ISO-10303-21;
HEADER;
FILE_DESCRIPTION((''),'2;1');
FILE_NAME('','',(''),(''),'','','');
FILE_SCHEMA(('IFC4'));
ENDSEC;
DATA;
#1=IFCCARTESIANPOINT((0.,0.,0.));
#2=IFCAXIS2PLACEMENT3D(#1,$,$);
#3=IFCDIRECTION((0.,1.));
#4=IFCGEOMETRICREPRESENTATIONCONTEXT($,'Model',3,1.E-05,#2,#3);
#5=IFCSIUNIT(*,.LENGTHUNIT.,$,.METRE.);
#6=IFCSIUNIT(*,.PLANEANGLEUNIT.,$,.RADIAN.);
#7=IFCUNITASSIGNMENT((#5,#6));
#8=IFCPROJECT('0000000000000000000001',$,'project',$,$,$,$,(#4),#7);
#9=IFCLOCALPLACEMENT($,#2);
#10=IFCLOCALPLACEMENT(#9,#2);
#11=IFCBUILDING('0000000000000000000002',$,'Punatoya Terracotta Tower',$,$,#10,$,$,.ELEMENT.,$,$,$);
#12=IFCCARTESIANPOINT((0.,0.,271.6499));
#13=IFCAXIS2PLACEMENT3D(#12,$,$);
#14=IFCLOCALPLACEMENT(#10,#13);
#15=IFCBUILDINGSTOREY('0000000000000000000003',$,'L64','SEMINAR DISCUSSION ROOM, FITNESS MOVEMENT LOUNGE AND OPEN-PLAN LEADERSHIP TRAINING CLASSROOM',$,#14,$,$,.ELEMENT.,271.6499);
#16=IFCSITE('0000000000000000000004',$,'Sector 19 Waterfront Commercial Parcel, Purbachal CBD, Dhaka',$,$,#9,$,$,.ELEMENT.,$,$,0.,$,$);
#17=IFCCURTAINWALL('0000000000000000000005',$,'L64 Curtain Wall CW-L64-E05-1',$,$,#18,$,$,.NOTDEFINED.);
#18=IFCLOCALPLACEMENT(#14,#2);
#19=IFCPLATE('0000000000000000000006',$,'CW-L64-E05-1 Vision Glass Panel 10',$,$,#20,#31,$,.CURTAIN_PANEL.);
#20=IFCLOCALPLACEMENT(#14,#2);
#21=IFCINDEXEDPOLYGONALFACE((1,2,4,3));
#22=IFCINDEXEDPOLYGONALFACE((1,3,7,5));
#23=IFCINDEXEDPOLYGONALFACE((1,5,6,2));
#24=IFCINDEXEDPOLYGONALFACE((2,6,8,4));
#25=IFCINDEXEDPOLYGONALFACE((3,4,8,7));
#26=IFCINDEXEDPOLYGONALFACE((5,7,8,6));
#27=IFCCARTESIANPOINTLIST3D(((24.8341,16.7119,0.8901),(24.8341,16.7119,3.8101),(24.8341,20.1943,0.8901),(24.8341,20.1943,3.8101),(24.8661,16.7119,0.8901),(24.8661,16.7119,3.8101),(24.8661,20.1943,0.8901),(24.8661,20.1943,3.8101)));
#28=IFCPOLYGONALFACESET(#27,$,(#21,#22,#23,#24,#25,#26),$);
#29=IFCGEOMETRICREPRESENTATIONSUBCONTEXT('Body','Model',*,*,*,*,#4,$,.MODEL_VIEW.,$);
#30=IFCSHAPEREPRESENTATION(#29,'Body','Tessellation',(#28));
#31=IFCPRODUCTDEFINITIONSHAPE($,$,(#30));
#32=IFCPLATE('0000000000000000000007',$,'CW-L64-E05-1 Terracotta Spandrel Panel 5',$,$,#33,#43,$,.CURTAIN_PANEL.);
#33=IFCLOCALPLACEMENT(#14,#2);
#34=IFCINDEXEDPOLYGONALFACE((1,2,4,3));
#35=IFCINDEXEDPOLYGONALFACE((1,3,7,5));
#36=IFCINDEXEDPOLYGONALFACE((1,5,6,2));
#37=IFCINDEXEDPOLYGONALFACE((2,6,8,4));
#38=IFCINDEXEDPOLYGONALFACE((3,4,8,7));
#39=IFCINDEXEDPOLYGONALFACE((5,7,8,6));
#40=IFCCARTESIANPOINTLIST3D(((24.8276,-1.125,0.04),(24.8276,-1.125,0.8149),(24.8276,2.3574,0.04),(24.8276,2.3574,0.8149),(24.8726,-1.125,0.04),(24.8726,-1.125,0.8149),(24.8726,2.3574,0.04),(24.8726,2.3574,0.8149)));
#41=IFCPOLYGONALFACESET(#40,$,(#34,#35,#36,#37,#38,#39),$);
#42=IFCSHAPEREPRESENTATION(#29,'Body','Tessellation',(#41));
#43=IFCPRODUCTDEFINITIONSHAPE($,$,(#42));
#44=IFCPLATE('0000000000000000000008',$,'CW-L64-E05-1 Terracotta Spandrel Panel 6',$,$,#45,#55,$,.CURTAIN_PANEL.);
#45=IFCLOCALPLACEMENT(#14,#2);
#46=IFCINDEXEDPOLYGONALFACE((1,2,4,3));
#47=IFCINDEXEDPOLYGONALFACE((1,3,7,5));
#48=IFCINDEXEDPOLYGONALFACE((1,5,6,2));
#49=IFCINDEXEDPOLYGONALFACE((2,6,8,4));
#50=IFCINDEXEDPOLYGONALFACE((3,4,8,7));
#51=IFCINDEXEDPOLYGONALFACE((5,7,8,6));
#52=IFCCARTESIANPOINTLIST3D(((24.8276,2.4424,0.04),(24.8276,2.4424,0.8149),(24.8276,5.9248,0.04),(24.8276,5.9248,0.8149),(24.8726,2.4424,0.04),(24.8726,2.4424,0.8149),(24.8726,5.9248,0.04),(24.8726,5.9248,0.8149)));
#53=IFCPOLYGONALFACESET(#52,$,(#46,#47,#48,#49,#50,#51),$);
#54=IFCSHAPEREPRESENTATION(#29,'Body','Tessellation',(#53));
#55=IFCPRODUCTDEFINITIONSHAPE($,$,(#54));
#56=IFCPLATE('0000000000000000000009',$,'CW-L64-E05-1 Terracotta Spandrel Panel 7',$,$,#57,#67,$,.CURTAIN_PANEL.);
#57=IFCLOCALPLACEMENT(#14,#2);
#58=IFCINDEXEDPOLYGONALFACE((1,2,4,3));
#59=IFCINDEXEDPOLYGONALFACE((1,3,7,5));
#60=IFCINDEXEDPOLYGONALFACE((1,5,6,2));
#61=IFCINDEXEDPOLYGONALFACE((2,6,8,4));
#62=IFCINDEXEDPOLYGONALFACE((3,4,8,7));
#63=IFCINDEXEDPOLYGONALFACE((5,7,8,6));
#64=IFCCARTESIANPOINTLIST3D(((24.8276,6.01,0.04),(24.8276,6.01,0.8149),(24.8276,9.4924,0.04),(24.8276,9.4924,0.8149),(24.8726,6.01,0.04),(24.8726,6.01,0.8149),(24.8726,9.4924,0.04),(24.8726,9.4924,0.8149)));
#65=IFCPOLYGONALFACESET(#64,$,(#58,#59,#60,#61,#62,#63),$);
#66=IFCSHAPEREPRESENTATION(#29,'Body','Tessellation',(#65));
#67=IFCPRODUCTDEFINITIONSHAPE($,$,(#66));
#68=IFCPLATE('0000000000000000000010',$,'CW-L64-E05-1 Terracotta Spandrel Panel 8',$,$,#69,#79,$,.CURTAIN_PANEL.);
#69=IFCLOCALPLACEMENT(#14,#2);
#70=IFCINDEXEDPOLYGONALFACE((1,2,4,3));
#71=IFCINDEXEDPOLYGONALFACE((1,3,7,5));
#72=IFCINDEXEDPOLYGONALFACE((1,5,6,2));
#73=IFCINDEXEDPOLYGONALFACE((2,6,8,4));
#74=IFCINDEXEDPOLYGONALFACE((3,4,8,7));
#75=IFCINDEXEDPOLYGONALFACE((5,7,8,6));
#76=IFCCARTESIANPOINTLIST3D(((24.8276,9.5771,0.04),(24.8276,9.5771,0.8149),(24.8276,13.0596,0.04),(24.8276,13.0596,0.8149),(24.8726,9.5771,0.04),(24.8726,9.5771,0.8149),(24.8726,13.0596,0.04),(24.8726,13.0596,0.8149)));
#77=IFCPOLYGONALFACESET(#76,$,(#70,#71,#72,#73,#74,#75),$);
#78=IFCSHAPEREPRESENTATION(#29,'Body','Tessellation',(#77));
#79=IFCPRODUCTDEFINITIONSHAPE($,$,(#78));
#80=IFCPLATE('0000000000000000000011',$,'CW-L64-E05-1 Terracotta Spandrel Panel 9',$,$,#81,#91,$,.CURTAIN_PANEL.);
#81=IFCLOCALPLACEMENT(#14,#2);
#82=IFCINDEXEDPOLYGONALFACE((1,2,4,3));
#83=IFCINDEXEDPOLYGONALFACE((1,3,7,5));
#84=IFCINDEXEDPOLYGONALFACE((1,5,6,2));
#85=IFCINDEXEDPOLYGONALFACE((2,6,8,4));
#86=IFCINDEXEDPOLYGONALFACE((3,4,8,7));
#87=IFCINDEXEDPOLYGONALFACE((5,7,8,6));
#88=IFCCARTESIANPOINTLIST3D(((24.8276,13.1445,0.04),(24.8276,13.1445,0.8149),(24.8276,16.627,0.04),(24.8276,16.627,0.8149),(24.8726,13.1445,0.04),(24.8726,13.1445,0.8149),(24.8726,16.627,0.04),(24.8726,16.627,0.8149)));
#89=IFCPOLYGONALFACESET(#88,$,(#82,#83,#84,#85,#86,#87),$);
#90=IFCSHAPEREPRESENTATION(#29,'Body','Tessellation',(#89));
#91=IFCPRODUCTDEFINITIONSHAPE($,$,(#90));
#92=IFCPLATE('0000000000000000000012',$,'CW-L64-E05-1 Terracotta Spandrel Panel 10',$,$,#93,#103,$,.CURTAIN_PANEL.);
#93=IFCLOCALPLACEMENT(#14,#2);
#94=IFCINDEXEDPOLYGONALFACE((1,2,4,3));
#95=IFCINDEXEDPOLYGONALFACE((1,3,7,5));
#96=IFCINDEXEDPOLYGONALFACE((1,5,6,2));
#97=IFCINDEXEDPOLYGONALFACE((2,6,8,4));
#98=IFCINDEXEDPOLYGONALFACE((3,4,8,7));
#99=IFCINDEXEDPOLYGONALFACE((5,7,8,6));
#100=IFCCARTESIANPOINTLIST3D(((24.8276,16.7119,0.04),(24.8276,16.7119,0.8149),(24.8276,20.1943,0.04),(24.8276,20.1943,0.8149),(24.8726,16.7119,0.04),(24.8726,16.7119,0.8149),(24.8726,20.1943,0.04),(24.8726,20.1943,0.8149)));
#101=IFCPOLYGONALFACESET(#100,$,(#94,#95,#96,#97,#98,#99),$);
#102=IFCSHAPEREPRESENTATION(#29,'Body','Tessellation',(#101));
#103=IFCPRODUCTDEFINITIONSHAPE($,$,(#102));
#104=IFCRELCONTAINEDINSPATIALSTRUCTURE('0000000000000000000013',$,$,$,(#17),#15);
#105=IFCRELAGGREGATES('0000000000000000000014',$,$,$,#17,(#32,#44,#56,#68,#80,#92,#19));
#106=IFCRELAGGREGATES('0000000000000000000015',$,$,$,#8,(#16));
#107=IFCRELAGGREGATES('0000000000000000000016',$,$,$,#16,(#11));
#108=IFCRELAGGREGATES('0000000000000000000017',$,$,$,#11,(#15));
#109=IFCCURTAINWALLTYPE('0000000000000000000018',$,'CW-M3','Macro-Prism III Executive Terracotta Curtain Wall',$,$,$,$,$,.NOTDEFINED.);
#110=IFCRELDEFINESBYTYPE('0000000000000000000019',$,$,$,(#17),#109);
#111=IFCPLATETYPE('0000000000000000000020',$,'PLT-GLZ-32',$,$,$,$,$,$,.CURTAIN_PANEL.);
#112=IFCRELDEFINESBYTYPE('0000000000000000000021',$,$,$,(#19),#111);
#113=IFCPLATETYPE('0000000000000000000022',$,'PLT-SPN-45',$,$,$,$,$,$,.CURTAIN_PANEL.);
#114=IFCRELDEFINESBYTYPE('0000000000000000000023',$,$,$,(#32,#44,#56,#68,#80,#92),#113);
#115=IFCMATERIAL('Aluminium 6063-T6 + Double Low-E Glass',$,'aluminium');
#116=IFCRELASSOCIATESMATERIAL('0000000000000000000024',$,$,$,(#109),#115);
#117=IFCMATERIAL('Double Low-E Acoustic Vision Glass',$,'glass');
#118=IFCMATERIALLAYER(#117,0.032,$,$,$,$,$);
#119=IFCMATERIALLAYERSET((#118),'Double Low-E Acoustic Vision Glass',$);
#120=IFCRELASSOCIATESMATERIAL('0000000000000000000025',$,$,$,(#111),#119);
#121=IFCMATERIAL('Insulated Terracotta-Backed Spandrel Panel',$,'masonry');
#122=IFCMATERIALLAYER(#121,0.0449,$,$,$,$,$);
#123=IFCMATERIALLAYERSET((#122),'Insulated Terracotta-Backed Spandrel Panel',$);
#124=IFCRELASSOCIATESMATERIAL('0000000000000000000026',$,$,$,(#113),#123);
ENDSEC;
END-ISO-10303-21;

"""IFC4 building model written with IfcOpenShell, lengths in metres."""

from ifc_helpers import new_model, si_unit, direction, frame, origin, origin_2d, place, context, subcontext, project, spatial, rectangle, extrude, material, layer, layer_set, type_object, element, aggregate, save


model = new_model("IFC4")

# Units and contexts
model_context = context("Model", 3, precision=1e-05, world=origin(), true_north=direction((0.0, 1.0)))
body_context = subcontext(model_context, "Body", "Model", "MODEL_VIEW")
ifc_project = project(units=[si_unit("LENGTHUNIT", "METRE"), si_unit("PLANEANGLEUNIT", "RADIAN")], contexts=[model_context])

# Site, building, storey
site_placement = place(None, origin())
site = spatial("IfcSite", under=ifc_project, at=site_placement, Name="Sector 19 Waterfront Commercial Parcel, Purbachal CBD, Dhaka", CompositionType="ELEMENT", RefElevation=0.0)
building_placement = place(site_placement, origin())
building = spatial("IfcBuilding", under=site, at=building_placement, Name="Punatoya Terracotta Tower", CompositionType="ELEMENT")
storey_placement = place(building_placement, frame((0.0, 0.0, 271.6499)))
storey = spatial("IfcBuildingStorey", under=building, at=storey_placement, Name="L64", Description="SEMINAR DISCUSSION ROOM, FITNESS MOVEMENT LOUNGE AND OPEN-PLAN LEADERSHIP TRAINING CLASSROOM", CompositionType="ELEMENT", Elevation=271.6499)

# Curtain wall
ifc_material_1 = material(Name="Aluminium 6063-T6 + Double Low-E Glass", Category="aluminium")
curtain_wall_type = type_object("IfcCurtainWallType", Name="CW-M3", Description="Macro-Prism III Executive Terracotta Curtain Wall", PredefinedType="NOTDEFINED", material=ifc_material_1)
curtain_wall_1_placement = place(storey_placement, origin())
curtain_wall_1 = element("IfcCurtainWall", 1, at=curtain_wall_1_placement, inside=storey, type_object=curtain_wall_type, Name="L64 Curtain Wall CW-L64-E05-1", PredefinedType="NOTDEFINED")

# Plates
ifc_material_2 = material(Name="Double Low-E Acoustic Vision Glass", Category="glass")
ifc_layer_1 = layer(ifc_material_2, 0.032)
ifc_layer_set_1 = layer_set([ifc_layer_1], Name="Double Low-E Acoustic Vision Glass")
plate_type_1 = type_object("IfcPlateType", Name="PLT-GLZ-32", PredefinedType="CURTAIN_PANEL", material=ifc_layer_set_1)
plate_1_placement = place(storey_placement, frame((24.8501, 18.4531, 0.8901), z_axis=(0.0, 0.0, 1.0), x_axis=(0.0, 1.0, 0.0)))
plate_1 = element("IfcPlate", 2, at=plate_1_placement, type_object=plate_type_1, Name="CW-L64-E05-1 Vision Glass Panel 10", PredefinedType="CURTAIN_PANEL", context=body_context, shape_type="SweptSolid", body=[
    extrude(rectangle(XDim=3.4824, YDim=0.032, at=origin_2d()), origin(), (0.0, 0.0, 1.0), 2.9199),
])
ifc_material_3 = material(Name="Insulated Terracotta-Backed Spandrel Panel", Category="masonry")
ifc_layer_2 = layer(ifc_material_3, 0.0449)
ifc_layer_set_2 = layer_set([ifc_layer_2], Name="Insulated Terracotta-Backed Spandrel Panel")
plate_type_2 = type_object("IfcPlateType", Name="PLT-SPN-45", PredefinedType="CURTAIN_PANEL", material=ifc_layer_set_2)
plate_2_placement = place(storey_placement, frame((24.8501, 0.6162, 0.04), z_axis=(0.0, 0.0, 1.0), x_axis=(0.0, 1.0, 0.0)))
plate_2 = element("IfcPlate", 3, at=plate_2_placement, type_object=plate_type_2, Name="CW-L64-E05-1 Terracotta Spandrel Panel 5", PredefinedType="CURTAIN_PANEL", context=body_context, shape_type="SweptSolid", body=[
    extrude(rectangle(XDim=3.4824, YDim=0.0449, at=origin_2d()), origin(), (0.0, 0.0, 1.0), 0.7749),
])
plate_3_placement = place(storey_placement, frame((24.8501, 4.1836, 0.04), z_axis=(0.0, 0.0, 1.0), x_axis=(0.0, 1.0, 0.0)))
plate_3 = element("IfcPlate", 4, at=plate_3_placement, type_object=plate_type_2, Name="CW-L64-E05-1 Terracotta Spandrel Panel 6", PredefinedType="CURTAIN_PANEL", context=body_context, shape_type="SweptSolid", body=[
    extrude(rectangle(XDim=3.4824, YDim=0.0449, at=origin_2d()), origin(), (0.0, 0.0, 1.0), 0.7749),
])
plate_4_placement = place(storey_placement, frame((24.8501, 7.7512, 0.04), z_axis=(0.0, 0.0, 1.0), x_axis=(0.0, 1.0, 0.0)))
plate_4 = element("IfcPlate", 5, at=plate_4_placement, type_object=plate_type_2, Name="CW-L64-E05-1 Terracotta Spandrel Panel 7", PredefinedType="CURTAIN_PANEL", context=body_context, shape_type="SweptSolid", body=[
    extrude(rectangle(XDim=3.4824, YDim=0.0449, at=origin_2d()), origin(), (0.0, 0.0, 1.0), 0.7749),
])
plate_5_placement = place(storey_placement, frame((24.8501, 11.3184, 0.04), z_axis=(0.0, 0.0, 1.0), x_axis=(0.0, 1.0, 0.0)))
plate_5 = element("IfcPlate", 6, at=plate_5_placement, type_object=plate_type_2, Name="CW-L64-E05-1 Terracotta Spandrel Panel 8", PredefinedType="CURTAIN_PANEL", context=body_context, shape_type="SweptSolid", body=[
    extrude(rectangle(XDim=3.4824, YDim=0.0449, at=origin_2d()), origin(), (0.0, 0.0, 1.0), 0.7749),
])
plate_6_placement = place(storey_placement, frame((24.8501, 14.8857, 0.04), z_axis=(0.0, 0.0, 1.0), x_axis=(0.0, 1.0, 0.0)))
plate_6 = element("IfcPlate", 7, at=plate_6_placement, type_object=plate_type_2, Name="CW-L64-E05-1 Terracotta Spandrel Panel 9", PredefinedType="CURTAIN_PANEL", context=body_context, shape_type="SweptSolid", body=[
    extrude(rectangle(XDim=3.4824, YDim=0.0449, at=origin_2d()), origin(), (0.0, 0.0, 1.0), 0.7749),
])
plate_7_placement = place(storey_placement, frame((24.8501, 18.4531, 0.04), z_axis=(0.0, 0.0, 1.0), x_axis=(0.0, 1.0, 0.0)))
plate_7 = element("IfcPlate", 8, at=plate_7_placement, type_object=plate_type_2, Name="CW-L64-E05-1 Terracotta Spandrel Panel 10", PredefinedType="CURTAIN_PANEL", context=body_context, shape_type="SweptSolid", body=[
    extrude(rectangle(XDim=3.4824, YDim=0.0449, at=origin_2d()), origin(), (0.0, 0.0, 1.0), 0.7749),
])
aggregate(curtain_wall_1, [plate_2, plate_3, plate_4, plate_5, plate_6, plate_7, plate_1])

save(model, "model.ifc")
